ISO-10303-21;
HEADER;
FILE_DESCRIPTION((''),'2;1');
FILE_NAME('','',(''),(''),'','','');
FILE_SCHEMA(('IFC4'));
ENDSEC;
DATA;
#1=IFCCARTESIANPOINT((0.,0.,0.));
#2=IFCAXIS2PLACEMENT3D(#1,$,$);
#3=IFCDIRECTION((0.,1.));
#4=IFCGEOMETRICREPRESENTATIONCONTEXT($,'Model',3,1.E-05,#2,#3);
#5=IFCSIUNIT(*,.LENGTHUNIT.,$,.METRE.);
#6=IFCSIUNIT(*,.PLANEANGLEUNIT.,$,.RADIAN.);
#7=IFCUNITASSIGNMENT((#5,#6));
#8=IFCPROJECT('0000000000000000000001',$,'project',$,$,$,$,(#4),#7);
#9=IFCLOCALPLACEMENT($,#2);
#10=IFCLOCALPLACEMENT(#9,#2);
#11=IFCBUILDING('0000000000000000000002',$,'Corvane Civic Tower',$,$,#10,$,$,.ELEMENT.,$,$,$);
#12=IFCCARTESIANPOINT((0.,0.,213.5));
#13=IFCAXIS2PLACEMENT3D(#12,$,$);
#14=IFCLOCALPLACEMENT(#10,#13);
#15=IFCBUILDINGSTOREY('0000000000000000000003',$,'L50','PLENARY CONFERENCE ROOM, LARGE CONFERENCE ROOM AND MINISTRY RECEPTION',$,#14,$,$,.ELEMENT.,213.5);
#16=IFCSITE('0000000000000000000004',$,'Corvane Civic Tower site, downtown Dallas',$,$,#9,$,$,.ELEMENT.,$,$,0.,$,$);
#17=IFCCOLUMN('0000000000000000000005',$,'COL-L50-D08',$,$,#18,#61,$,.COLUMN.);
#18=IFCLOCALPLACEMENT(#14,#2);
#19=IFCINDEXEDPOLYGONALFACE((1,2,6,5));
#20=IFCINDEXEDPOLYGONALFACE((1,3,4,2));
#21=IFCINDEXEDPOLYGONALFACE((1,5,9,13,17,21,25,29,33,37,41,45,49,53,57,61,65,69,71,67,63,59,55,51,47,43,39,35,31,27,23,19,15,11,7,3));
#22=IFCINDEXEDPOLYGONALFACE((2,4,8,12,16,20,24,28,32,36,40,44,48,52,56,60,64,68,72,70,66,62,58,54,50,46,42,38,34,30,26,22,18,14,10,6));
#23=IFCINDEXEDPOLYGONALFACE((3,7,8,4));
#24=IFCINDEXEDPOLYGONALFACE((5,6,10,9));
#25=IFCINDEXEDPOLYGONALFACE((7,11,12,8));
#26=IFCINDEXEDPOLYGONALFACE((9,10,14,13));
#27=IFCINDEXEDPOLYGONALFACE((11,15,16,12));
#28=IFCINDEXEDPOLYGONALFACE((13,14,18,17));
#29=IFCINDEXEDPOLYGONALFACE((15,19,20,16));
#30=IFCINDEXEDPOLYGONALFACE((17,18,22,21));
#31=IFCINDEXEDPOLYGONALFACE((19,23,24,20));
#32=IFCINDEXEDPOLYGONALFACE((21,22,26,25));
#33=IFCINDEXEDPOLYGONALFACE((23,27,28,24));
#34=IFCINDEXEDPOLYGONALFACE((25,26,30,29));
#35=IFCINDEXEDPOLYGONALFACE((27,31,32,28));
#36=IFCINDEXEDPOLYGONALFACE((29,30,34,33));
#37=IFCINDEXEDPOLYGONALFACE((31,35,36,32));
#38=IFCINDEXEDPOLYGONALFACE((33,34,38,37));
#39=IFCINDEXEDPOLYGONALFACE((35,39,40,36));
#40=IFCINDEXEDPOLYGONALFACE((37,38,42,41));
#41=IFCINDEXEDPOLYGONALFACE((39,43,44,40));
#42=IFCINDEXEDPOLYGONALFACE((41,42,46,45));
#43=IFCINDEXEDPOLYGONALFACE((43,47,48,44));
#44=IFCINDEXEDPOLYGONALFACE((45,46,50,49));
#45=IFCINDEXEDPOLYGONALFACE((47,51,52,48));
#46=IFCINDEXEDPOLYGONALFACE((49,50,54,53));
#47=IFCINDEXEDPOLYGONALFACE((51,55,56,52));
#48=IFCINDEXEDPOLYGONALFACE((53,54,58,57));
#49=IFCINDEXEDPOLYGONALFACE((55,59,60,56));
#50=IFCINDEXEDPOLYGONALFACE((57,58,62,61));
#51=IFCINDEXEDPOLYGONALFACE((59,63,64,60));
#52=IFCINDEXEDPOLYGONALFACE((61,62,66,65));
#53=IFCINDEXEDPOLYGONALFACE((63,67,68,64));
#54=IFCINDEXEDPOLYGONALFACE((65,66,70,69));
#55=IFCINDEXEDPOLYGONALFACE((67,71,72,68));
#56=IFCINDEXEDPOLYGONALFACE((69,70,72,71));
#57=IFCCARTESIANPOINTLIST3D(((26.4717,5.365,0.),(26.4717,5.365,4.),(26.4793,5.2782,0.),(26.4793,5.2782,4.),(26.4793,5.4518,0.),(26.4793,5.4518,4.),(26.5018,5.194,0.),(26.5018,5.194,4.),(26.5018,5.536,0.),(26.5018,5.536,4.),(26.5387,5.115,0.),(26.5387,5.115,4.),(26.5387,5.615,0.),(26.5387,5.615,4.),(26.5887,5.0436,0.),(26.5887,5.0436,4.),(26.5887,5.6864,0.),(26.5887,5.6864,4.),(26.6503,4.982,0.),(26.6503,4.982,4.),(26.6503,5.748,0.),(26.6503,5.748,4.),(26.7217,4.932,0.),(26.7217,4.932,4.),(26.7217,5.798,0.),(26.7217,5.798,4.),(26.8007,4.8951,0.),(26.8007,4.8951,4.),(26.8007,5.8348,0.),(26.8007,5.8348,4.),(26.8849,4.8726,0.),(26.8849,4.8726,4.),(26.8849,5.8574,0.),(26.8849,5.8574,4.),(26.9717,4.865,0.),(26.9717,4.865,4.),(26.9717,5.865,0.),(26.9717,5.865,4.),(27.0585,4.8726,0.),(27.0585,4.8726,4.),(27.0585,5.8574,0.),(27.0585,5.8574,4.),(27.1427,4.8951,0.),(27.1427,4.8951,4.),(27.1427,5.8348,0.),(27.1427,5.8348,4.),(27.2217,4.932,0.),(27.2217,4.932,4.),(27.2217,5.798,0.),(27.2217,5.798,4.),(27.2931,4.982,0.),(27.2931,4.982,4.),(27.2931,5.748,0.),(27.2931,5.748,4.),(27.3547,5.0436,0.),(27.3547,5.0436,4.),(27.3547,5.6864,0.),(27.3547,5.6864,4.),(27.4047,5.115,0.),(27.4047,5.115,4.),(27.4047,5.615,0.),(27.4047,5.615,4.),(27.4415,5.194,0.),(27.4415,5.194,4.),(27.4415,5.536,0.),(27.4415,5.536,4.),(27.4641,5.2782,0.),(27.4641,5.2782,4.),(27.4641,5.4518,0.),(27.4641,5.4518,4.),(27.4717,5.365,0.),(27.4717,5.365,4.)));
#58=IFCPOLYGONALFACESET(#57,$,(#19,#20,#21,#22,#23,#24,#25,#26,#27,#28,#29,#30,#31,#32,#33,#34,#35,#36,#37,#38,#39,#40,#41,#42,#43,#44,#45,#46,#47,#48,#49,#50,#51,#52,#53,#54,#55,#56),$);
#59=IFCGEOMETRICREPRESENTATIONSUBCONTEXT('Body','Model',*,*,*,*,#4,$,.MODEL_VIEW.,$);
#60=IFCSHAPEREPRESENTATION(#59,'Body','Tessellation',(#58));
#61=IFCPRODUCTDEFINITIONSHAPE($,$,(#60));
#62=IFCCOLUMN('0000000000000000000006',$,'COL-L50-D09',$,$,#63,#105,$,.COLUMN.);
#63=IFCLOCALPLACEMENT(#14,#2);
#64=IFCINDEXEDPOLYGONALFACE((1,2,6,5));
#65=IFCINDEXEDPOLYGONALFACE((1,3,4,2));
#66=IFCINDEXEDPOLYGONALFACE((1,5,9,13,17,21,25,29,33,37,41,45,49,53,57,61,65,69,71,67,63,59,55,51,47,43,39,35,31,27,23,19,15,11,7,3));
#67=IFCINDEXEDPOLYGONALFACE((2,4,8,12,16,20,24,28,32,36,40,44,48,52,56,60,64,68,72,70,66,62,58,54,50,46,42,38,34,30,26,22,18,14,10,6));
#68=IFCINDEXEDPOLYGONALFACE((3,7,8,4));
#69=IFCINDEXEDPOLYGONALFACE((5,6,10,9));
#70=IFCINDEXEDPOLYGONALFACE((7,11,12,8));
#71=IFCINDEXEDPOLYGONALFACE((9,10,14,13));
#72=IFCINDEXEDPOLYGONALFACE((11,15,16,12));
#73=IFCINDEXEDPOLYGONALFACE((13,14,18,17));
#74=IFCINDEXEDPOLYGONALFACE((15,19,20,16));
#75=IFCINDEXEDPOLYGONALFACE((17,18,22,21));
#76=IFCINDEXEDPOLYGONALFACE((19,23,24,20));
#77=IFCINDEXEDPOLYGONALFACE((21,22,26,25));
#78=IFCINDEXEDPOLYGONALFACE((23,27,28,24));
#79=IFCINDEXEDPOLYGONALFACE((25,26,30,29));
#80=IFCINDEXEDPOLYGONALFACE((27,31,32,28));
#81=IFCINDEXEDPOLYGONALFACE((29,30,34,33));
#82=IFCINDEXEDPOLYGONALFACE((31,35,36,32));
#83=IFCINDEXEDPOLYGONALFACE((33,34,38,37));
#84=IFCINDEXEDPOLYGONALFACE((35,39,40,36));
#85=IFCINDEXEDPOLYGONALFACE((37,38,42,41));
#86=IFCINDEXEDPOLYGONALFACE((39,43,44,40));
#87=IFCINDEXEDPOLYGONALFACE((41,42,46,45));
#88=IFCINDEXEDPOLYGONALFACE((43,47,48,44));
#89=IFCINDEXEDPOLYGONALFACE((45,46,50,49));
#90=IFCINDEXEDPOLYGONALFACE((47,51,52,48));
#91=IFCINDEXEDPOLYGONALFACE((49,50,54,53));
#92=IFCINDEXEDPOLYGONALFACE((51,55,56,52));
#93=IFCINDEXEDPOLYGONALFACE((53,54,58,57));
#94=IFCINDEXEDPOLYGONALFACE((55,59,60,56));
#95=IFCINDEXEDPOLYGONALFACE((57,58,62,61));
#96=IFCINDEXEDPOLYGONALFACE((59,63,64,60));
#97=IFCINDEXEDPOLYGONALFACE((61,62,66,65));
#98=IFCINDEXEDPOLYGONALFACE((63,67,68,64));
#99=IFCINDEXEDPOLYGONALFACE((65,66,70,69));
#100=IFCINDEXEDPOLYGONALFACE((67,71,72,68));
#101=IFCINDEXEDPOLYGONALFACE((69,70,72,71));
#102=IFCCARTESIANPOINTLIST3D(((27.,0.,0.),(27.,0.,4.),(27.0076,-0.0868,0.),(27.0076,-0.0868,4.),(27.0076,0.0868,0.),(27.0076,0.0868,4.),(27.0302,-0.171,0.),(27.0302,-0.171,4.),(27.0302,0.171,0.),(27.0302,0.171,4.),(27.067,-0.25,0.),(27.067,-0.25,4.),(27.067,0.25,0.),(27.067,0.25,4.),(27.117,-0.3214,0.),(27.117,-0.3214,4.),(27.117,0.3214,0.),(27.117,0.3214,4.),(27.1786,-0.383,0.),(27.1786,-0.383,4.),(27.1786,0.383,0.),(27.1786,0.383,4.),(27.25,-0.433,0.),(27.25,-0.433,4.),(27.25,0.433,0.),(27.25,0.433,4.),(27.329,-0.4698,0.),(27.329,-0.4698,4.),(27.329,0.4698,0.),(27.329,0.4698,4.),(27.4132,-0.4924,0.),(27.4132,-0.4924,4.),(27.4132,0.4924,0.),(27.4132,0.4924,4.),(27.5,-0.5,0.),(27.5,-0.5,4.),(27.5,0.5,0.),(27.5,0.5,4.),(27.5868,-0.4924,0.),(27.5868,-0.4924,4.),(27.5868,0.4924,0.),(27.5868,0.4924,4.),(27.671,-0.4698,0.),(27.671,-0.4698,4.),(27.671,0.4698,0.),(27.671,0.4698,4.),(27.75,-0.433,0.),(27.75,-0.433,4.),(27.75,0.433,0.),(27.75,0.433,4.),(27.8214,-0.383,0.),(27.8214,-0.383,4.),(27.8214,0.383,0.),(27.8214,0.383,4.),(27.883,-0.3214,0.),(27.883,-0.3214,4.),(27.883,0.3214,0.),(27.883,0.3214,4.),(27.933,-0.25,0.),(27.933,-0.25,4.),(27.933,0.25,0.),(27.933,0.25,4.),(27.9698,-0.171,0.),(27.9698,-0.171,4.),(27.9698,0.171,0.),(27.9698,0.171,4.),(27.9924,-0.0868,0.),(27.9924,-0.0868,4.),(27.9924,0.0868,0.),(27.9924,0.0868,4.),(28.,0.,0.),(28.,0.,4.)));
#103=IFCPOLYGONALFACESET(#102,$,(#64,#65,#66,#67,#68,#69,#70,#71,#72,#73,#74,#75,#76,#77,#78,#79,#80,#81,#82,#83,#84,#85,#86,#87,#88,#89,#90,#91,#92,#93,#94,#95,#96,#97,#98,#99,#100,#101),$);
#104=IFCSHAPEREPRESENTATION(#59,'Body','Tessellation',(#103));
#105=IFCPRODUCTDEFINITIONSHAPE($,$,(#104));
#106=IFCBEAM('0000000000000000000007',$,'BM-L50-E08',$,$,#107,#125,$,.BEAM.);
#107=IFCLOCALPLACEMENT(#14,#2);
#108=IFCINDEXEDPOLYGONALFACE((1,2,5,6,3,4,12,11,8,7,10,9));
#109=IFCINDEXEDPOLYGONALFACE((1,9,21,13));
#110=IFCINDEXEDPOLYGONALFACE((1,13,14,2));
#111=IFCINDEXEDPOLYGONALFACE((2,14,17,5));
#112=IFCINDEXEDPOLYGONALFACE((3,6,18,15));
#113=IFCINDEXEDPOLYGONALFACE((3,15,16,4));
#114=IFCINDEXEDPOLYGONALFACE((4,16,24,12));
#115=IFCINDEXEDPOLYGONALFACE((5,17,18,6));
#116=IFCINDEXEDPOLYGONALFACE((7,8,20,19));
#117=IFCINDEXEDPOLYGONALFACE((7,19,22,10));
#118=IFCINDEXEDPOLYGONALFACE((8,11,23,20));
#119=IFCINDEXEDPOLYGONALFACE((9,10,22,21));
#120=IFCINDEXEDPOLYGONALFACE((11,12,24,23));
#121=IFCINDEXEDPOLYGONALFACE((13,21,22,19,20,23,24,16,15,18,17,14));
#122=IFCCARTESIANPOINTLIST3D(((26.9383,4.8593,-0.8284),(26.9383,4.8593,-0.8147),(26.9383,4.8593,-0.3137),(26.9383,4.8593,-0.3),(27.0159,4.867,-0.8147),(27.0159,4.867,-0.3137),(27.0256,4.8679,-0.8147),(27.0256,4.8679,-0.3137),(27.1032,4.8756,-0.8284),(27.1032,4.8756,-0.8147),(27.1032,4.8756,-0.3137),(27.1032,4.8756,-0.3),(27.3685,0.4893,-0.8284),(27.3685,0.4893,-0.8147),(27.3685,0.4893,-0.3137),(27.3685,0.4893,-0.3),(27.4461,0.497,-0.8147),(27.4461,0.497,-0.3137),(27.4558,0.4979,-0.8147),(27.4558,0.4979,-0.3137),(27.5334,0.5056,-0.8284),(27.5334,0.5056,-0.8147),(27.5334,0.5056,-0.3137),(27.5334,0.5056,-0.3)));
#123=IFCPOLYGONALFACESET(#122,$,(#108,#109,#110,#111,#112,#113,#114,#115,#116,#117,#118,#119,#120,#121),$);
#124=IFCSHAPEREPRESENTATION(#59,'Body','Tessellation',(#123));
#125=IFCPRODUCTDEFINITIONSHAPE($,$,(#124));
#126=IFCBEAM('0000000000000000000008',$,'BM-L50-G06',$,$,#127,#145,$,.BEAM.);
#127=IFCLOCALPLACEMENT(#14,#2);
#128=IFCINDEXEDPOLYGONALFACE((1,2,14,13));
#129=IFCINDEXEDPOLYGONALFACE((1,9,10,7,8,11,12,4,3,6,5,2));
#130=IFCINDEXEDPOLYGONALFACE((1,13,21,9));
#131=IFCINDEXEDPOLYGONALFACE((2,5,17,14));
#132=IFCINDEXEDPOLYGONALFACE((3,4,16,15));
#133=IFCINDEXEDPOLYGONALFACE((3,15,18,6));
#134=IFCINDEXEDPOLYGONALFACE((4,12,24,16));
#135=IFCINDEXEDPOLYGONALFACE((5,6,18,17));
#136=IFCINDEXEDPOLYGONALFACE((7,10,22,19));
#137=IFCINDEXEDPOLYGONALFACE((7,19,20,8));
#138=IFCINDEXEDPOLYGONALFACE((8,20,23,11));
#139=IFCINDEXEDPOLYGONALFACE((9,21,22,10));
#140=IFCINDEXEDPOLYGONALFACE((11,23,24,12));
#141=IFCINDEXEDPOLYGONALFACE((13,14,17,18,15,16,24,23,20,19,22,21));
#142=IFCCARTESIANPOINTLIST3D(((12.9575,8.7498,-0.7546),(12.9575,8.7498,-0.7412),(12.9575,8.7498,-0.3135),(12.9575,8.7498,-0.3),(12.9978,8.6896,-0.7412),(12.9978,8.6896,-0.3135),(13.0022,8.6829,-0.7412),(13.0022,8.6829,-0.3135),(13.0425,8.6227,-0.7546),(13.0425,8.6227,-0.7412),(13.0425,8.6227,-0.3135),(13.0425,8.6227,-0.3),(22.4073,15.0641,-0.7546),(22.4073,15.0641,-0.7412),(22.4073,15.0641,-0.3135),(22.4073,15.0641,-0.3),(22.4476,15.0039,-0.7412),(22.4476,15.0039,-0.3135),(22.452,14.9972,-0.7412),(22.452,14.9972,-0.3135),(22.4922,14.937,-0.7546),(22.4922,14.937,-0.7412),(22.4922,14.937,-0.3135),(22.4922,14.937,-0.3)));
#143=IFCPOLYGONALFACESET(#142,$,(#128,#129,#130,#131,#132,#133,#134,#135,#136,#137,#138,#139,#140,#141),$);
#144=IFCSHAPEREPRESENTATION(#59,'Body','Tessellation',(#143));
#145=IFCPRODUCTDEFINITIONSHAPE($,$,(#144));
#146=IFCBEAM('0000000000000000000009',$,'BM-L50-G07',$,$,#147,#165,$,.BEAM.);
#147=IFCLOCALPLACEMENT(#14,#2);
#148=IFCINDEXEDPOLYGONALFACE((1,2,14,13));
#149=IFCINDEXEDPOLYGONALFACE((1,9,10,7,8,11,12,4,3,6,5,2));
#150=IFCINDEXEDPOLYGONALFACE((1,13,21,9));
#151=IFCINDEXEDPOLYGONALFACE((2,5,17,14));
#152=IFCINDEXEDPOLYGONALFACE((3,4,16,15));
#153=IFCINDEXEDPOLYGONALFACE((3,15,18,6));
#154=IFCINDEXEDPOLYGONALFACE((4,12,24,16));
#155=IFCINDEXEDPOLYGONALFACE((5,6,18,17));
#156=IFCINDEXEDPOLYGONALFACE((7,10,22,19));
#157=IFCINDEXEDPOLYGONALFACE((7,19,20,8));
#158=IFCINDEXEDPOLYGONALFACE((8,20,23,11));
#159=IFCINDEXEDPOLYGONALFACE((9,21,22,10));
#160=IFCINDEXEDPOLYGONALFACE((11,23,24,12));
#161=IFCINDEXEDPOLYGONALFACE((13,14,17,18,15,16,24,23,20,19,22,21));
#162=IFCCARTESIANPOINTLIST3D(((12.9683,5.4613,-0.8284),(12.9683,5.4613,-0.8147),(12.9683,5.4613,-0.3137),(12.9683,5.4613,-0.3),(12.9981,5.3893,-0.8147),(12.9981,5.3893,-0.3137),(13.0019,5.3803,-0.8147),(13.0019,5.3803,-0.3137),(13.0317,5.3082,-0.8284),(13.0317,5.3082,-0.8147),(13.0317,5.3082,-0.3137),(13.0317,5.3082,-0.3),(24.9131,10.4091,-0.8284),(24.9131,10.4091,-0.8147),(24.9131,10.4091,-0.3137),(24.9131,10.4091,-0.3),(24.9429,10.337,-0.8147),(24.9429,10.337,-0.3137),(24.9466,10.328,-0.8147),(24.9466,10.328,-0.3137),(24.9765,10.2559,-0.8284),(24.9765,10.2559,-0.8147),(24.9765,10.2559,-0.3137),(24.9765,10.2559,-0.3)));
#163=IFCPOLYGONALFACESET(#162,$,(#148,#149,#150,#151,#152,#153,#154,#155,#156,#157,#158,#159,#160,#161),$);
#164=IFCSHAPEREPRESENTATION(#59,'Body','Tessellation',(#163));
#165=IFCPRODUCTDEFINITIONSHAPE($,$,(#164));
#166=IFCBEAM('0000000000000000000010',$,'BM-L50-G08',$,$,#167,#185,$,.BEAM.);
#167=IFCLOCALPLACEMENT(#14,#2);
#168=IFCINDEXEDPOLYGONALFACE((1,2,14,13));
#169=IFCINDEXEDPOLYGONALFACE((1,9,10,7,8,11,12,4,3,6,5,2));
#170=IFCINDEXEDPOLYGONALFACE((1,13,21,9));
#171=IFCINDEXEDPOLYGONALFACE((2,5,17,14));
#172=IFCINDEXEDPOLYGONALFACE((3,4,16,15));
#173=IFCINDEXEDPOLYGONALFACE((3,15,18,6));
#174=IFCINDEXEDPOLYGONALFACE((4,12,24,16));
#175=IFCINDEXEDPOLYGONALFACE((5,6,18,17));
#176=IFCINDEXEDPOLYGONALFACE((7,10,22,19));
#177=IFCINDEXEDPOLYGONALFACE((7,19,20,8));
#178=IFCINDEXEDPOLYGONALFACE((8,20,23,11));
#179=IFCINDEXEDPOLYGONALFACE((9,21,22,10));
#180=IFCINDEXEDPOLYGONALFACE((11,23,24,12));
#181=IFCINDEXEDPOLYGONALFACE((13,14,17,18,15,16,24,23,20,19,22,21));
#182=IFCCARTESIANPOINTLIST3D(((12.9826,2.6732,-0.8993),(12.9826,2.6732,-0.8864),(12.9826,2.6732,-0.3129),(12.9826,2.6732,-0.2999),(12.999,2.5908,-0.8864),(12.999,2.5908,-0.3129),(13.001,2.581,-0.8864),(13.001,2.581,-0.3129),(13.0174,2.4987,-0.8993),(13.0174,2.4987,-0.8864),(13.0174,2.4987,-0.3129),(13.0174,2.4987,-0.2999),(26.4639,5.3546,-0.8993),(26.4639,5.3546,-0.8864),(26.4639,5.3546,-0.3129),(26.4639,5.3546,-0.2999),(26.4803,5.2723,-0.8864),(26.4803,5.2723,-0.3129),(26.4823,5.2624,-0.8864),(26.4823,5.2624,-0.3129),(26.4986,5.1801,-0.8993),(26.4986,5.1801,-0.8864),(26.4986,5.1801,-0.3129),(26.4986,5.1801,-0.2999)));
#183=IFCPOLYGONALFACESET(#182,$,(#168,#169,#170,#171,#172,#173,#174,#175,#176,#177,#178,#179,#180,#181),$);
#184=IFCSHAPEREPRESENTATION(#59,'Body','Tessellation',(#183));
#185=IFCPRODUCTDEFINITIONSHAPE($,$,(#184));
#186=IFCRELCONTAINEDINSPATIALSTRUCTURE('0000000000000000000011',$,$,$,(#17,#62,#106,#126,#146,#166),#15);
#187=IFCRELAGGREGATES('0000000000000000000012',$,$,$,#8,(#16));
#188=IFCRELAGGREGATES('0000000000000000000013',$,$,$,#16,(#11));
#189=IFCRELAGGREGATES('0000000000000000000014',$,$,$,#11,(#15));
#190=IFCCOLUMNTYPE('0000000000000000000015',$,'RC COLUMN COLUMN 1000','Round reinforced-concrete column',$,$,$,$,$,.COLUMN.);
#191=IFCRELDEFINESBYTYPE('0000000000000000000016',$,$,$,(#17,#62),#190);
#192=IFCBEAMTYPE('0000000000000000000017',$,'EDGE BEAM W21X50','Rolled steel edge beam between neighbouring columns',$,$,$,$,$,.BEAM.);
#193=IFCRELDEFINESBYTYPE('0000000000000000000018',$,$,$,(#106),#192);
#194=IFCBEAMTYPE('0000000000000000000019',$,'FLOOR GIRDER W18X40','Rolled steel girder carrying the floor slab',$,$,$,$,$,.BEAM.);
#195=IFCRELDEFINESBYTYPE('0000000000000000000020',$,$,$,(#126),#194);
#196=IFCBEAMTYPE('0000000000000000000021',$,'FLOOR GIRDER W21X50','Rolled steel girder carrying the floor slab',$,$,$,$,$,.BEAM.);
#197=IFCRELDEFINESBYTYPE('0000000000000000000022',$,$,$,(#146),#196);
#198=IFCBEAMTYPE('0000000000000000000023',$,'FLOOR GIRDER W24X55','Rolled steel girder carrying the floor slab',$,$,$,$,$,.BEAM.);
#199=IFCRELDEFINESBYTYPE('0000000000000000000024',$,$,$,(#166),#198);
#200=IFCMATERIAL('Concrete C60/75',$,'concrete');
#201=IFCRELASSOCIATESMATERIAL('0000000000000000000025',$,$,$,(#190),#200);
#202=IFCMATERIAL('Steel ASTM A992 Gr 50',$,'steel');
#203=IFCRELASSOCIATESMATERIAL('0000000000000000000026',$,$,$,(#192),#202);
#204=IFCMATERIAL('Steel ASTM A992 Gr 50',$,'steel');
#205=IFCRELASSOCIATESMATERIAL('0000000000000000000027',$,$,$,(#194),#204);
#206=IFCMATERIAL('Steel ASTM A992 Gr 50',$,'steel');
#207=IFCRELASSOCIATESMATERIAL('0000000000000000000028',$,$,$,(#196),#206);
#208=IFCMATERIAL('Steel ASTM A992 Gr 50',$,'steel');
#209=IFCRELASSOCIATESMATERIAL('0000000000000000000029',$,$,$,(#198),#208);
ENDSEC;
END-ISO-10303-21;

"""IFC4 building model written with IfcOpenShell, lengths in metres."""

from ifc_helpers import new_model, si_unit, direction, frame, origin, origin_2d, place, context, subcontext, project, spatial, circle, i_section, extrude, material, material_profile, profile_set, type_object, element, save


model = new_model("IFC4")

# Units and contexts
model_context = context("Model", 3, precision=1e-05, world=origin(), true_north=direction((0.0, 1.0)))
body_context = subcontext(model_context, "Body", "Model", "MODEL_VIEW")
ifc_project = project(units=[si_unit("LENGTHUNIT", "METRE"), si_unit("PLANEANGLEUNIT", "RADIAN")], contexts=[model_context])

# Site, building, storey
site_placement = place(None, origin())
site = spatial("IfcSite", under=ifc_project, at=site_placement, Name="Corvane Civic Tower site, downtown Dallas", CompositionType="ELEMENT", RefElevation=0.0)
building_placement = place(site_placement, origin())
building = spatial("IfcBuilding", under=site, at=building_placement, Name="Corvane Civic Tower", CompositionType="ELEMENT")
storey_placement = place(building_placement, frame((0.0, 0.0, 213.5)))
storey = spatial("IfcBuildingStorey", under=building, at=storey_placement, Name="L50", Description="PLENARY CONFERENCE ROOM, LARGE CONFERENCE ROOM AND MINISTRY RECEPTION", CompositionType="ELEMENT", Elevation=213.5)

# Columns
ifc_material_1 = material(Name="Concrete C60/75", Category="concrete")
ifc_material_profile_1 = material_profile(ifc_material_1, circle(Radius=0.5, at=origin_2d()), Name="COLUMN 1000")
ifc_profile_set_1 = profile_set([ifc_material_profile_1], Name="Concrete C60/75")
column_type = type_object("IfcColumnType", Name="RC COLUMN COLUMN 1000", Description="Round reinforced-concrete column", PredefinedType="COLUMN", material=ifc_profile_set_1)
for number, where, z_axis, x_axis, name in (
    (1, (26.9717, 5.365, 0.0), (0.0, 0.0, 1.0), (1.0, 0.0, 0.0), "COL-L50-D08"),
    (2, (27.5, 0.0, 0.0), (0.0, 0.0, 1.0), (1.0, 0.0, 0.0), "COL-L50-D09"),
):
    element("IfcColumn", number, at=place(storey_placement, frame(where, z_axis=z_axis, x_axis=x_axis)), inside=storey, type_object=column_type, Name=name, PredefinedType="COLUMN", context=body_context, shape_type="SweptSolid", body=[
        extrude(circle(Radius=0.5, at=origin_2d()), origin(), (0.0, 0.0, 1.0), 4.0),
    ])

# Beams
ifc_material_2 = material(Name="Steel ASTM A992 Gr 50", Category="steel")
ifc_material_profile_2 = material_profile(ifc_material_2, i_section(OverallWidth=0.1658, OverallDepth=0.5283, WebThickness=0.0098, FlangeThickness=0.0137, at=origin_2d()), Name="W21X50")
ifc_profile_set_2 = profile_set([ifc_material_profile_2], Name="Steel ASTM A992 Gr 50")
beam_type_1 = type_object("IfcBeamType", Name="EDGE BEAM W21X50", Description="Rolled steel edge beam between neighbouring columns", PredefinedType="BEAM", material=ifc_profile_set_2)
beam_1_placement = place(storey_placement, frame((27.0208, 4.8674, -0.5642), z_axis=(0.097968, -0.99519, 0.0), x_axis=(0.99519, 0.097968, 0.0)))
element("IfcBeam", 3, at=beam_1_placement, inside=storey, type_object=beam_type_1, Name="BM-L50-E08", PredefinedType="BEAM", context=body_context, shape_type="SweptSolid", body=[
    extrude(i_section(OverallWidth=0.1658, OverallDepth=0.5283, WebThickness=0.0098, FlangeThickness=0.0137, at=origin_2d()), origin(), (0.0, 0.0, 1.0), 4.3911),
])
ifc_material_3 = material(Name="Steel ASTM A992 Gr 50", Category="steel")
ifc_material_profile_3 = material_profile(ifc_material_3, i_section(OverallWidth=0.1528, OverallDepth=0.4546, WebThickness=0.0081, FlangeThickness=0.0134, at=origin_2d()), Name="W18X40")
ifc_profile_set_3 = profile_set([ifc_material_profile_3], Name="Steel ASTM A992 Gr 50")
beam_type_2 = type_object("IfcBeamType", Name="FLOOR GIRDER W18X40", Description="Rolled steel girder carrying the floor slab", PredefinedType="BEAM", material=ifc_profile_set_3)
beam_2_placement = place(storey_placement, frame((13.0, 8.6863, -0.5273), z_axis=(0.831465, 0.555577, 0.0), x_axis=(-0.555577, 0.831465, 0.0)))
element("IfcBeam", 4, at=beam_2_placement, inside=storey, type_object=beam_type_2, Name="BM-L50-G06", PredefinedType="BEAM", context=body_context, shape_type="SweptSolid", body=[
    extrude(i_section(OverallWidth=0.1528, OverallDepth=0.4546, WebThickness=0.0081, FlangeThickness=0.0134, at=origin_2d()), origin(), (0.0, 0.0, 1.0), 11.3652),
])
ifc_material_4 = material(Name="Steel ASTM A992 Gr 50", Category="steel")
ifc_material_profile_4 = material_profile(ifc_material_4, i_section(OverallWidth=0.1658, OverallDepth=0.5283, WebThickness=0.0098, FlangeThickness=0.0137, at=origin_2d()), Name="W21X50")
ifc_profile_set_4 = profile_set([ifc_material_profile_4], Name="Steel ASTM A992 Gr 50")
beam_type_3 = type_object("IfcBeamType", Name="FLOOR GIRDER W21X50", Description="Rolled steel girder carrying the floor slab", PredefinedType="BEAM", material=ifc_profile_set_4)
beam_3_placement = place(storey_placement, frame((13.0, 5.3848, -0.5642), z_axis=(0.923878, 0.382686, 0.0), x_axis=(-0.382686, 0.923878, 0.0)))
element("IfcBeam", 5, at=beam_3_placement, inside=storey, type_object=beam_type_3, Name="BM-L50-G07", PredefinedType="BEAM", context=body_context, shape_type="SweptSolid", body=[
    extrude(i_section(OverallWidth=0.1658, OverallDepth=0.5283, WebThickness=0.0098, FlangeThickness=0.0137, at=origin_2d()), origin(), (0.0, 0.0, 1.0), 12.929),
])
ifc_material_5 = material(Name="Steel ASTM A992 Gr 50", Category="steel")
ifc_material_profile_5 = material_profile(ifc_material_5, i_section(OverallWidth=0.178, OverallDepth=0.5994, WebThickness=0.01, FlangeThickness=0.0129, at=origin_2d()), Name="W24X55")
ifc_profile_set_5 = profile_set([ifc_material_profile_5], Name="Steel ASTM A992 Gr 50")
beam_type_4 = type_object("IfcBeamType", Name="FLOOR GIRDER W24X55", Description="Rolled steel girder carrying the floor slab", PredefinedType="BEAM", material=ifc_profile_set_5)
beam_4_placement = place(storey_placement, frame((13.0, 2.5859, -0.5996), z_axis=(0.980788, 0.195078, 0.0), x_axis=(-0.195078, 0.980788, 0.0)))
element("IfcBeam", 6, at=beam_4_placement, inside=storey, type_object=beam_type_4, Name="BM-L50-G08", PredefinedType="BEAM", context=body_context, shape_type="SweptSolid", body=[
    extrude(i_section(OverallWidth=0.178, OverallDepth=0.5994, WebThickness=0.01, FlangeThickness=0.0129, at=origin_2d()), origin(), (0.0, 0.0, 1.0), 13.7454),
])

save(model, "model.ifc")
